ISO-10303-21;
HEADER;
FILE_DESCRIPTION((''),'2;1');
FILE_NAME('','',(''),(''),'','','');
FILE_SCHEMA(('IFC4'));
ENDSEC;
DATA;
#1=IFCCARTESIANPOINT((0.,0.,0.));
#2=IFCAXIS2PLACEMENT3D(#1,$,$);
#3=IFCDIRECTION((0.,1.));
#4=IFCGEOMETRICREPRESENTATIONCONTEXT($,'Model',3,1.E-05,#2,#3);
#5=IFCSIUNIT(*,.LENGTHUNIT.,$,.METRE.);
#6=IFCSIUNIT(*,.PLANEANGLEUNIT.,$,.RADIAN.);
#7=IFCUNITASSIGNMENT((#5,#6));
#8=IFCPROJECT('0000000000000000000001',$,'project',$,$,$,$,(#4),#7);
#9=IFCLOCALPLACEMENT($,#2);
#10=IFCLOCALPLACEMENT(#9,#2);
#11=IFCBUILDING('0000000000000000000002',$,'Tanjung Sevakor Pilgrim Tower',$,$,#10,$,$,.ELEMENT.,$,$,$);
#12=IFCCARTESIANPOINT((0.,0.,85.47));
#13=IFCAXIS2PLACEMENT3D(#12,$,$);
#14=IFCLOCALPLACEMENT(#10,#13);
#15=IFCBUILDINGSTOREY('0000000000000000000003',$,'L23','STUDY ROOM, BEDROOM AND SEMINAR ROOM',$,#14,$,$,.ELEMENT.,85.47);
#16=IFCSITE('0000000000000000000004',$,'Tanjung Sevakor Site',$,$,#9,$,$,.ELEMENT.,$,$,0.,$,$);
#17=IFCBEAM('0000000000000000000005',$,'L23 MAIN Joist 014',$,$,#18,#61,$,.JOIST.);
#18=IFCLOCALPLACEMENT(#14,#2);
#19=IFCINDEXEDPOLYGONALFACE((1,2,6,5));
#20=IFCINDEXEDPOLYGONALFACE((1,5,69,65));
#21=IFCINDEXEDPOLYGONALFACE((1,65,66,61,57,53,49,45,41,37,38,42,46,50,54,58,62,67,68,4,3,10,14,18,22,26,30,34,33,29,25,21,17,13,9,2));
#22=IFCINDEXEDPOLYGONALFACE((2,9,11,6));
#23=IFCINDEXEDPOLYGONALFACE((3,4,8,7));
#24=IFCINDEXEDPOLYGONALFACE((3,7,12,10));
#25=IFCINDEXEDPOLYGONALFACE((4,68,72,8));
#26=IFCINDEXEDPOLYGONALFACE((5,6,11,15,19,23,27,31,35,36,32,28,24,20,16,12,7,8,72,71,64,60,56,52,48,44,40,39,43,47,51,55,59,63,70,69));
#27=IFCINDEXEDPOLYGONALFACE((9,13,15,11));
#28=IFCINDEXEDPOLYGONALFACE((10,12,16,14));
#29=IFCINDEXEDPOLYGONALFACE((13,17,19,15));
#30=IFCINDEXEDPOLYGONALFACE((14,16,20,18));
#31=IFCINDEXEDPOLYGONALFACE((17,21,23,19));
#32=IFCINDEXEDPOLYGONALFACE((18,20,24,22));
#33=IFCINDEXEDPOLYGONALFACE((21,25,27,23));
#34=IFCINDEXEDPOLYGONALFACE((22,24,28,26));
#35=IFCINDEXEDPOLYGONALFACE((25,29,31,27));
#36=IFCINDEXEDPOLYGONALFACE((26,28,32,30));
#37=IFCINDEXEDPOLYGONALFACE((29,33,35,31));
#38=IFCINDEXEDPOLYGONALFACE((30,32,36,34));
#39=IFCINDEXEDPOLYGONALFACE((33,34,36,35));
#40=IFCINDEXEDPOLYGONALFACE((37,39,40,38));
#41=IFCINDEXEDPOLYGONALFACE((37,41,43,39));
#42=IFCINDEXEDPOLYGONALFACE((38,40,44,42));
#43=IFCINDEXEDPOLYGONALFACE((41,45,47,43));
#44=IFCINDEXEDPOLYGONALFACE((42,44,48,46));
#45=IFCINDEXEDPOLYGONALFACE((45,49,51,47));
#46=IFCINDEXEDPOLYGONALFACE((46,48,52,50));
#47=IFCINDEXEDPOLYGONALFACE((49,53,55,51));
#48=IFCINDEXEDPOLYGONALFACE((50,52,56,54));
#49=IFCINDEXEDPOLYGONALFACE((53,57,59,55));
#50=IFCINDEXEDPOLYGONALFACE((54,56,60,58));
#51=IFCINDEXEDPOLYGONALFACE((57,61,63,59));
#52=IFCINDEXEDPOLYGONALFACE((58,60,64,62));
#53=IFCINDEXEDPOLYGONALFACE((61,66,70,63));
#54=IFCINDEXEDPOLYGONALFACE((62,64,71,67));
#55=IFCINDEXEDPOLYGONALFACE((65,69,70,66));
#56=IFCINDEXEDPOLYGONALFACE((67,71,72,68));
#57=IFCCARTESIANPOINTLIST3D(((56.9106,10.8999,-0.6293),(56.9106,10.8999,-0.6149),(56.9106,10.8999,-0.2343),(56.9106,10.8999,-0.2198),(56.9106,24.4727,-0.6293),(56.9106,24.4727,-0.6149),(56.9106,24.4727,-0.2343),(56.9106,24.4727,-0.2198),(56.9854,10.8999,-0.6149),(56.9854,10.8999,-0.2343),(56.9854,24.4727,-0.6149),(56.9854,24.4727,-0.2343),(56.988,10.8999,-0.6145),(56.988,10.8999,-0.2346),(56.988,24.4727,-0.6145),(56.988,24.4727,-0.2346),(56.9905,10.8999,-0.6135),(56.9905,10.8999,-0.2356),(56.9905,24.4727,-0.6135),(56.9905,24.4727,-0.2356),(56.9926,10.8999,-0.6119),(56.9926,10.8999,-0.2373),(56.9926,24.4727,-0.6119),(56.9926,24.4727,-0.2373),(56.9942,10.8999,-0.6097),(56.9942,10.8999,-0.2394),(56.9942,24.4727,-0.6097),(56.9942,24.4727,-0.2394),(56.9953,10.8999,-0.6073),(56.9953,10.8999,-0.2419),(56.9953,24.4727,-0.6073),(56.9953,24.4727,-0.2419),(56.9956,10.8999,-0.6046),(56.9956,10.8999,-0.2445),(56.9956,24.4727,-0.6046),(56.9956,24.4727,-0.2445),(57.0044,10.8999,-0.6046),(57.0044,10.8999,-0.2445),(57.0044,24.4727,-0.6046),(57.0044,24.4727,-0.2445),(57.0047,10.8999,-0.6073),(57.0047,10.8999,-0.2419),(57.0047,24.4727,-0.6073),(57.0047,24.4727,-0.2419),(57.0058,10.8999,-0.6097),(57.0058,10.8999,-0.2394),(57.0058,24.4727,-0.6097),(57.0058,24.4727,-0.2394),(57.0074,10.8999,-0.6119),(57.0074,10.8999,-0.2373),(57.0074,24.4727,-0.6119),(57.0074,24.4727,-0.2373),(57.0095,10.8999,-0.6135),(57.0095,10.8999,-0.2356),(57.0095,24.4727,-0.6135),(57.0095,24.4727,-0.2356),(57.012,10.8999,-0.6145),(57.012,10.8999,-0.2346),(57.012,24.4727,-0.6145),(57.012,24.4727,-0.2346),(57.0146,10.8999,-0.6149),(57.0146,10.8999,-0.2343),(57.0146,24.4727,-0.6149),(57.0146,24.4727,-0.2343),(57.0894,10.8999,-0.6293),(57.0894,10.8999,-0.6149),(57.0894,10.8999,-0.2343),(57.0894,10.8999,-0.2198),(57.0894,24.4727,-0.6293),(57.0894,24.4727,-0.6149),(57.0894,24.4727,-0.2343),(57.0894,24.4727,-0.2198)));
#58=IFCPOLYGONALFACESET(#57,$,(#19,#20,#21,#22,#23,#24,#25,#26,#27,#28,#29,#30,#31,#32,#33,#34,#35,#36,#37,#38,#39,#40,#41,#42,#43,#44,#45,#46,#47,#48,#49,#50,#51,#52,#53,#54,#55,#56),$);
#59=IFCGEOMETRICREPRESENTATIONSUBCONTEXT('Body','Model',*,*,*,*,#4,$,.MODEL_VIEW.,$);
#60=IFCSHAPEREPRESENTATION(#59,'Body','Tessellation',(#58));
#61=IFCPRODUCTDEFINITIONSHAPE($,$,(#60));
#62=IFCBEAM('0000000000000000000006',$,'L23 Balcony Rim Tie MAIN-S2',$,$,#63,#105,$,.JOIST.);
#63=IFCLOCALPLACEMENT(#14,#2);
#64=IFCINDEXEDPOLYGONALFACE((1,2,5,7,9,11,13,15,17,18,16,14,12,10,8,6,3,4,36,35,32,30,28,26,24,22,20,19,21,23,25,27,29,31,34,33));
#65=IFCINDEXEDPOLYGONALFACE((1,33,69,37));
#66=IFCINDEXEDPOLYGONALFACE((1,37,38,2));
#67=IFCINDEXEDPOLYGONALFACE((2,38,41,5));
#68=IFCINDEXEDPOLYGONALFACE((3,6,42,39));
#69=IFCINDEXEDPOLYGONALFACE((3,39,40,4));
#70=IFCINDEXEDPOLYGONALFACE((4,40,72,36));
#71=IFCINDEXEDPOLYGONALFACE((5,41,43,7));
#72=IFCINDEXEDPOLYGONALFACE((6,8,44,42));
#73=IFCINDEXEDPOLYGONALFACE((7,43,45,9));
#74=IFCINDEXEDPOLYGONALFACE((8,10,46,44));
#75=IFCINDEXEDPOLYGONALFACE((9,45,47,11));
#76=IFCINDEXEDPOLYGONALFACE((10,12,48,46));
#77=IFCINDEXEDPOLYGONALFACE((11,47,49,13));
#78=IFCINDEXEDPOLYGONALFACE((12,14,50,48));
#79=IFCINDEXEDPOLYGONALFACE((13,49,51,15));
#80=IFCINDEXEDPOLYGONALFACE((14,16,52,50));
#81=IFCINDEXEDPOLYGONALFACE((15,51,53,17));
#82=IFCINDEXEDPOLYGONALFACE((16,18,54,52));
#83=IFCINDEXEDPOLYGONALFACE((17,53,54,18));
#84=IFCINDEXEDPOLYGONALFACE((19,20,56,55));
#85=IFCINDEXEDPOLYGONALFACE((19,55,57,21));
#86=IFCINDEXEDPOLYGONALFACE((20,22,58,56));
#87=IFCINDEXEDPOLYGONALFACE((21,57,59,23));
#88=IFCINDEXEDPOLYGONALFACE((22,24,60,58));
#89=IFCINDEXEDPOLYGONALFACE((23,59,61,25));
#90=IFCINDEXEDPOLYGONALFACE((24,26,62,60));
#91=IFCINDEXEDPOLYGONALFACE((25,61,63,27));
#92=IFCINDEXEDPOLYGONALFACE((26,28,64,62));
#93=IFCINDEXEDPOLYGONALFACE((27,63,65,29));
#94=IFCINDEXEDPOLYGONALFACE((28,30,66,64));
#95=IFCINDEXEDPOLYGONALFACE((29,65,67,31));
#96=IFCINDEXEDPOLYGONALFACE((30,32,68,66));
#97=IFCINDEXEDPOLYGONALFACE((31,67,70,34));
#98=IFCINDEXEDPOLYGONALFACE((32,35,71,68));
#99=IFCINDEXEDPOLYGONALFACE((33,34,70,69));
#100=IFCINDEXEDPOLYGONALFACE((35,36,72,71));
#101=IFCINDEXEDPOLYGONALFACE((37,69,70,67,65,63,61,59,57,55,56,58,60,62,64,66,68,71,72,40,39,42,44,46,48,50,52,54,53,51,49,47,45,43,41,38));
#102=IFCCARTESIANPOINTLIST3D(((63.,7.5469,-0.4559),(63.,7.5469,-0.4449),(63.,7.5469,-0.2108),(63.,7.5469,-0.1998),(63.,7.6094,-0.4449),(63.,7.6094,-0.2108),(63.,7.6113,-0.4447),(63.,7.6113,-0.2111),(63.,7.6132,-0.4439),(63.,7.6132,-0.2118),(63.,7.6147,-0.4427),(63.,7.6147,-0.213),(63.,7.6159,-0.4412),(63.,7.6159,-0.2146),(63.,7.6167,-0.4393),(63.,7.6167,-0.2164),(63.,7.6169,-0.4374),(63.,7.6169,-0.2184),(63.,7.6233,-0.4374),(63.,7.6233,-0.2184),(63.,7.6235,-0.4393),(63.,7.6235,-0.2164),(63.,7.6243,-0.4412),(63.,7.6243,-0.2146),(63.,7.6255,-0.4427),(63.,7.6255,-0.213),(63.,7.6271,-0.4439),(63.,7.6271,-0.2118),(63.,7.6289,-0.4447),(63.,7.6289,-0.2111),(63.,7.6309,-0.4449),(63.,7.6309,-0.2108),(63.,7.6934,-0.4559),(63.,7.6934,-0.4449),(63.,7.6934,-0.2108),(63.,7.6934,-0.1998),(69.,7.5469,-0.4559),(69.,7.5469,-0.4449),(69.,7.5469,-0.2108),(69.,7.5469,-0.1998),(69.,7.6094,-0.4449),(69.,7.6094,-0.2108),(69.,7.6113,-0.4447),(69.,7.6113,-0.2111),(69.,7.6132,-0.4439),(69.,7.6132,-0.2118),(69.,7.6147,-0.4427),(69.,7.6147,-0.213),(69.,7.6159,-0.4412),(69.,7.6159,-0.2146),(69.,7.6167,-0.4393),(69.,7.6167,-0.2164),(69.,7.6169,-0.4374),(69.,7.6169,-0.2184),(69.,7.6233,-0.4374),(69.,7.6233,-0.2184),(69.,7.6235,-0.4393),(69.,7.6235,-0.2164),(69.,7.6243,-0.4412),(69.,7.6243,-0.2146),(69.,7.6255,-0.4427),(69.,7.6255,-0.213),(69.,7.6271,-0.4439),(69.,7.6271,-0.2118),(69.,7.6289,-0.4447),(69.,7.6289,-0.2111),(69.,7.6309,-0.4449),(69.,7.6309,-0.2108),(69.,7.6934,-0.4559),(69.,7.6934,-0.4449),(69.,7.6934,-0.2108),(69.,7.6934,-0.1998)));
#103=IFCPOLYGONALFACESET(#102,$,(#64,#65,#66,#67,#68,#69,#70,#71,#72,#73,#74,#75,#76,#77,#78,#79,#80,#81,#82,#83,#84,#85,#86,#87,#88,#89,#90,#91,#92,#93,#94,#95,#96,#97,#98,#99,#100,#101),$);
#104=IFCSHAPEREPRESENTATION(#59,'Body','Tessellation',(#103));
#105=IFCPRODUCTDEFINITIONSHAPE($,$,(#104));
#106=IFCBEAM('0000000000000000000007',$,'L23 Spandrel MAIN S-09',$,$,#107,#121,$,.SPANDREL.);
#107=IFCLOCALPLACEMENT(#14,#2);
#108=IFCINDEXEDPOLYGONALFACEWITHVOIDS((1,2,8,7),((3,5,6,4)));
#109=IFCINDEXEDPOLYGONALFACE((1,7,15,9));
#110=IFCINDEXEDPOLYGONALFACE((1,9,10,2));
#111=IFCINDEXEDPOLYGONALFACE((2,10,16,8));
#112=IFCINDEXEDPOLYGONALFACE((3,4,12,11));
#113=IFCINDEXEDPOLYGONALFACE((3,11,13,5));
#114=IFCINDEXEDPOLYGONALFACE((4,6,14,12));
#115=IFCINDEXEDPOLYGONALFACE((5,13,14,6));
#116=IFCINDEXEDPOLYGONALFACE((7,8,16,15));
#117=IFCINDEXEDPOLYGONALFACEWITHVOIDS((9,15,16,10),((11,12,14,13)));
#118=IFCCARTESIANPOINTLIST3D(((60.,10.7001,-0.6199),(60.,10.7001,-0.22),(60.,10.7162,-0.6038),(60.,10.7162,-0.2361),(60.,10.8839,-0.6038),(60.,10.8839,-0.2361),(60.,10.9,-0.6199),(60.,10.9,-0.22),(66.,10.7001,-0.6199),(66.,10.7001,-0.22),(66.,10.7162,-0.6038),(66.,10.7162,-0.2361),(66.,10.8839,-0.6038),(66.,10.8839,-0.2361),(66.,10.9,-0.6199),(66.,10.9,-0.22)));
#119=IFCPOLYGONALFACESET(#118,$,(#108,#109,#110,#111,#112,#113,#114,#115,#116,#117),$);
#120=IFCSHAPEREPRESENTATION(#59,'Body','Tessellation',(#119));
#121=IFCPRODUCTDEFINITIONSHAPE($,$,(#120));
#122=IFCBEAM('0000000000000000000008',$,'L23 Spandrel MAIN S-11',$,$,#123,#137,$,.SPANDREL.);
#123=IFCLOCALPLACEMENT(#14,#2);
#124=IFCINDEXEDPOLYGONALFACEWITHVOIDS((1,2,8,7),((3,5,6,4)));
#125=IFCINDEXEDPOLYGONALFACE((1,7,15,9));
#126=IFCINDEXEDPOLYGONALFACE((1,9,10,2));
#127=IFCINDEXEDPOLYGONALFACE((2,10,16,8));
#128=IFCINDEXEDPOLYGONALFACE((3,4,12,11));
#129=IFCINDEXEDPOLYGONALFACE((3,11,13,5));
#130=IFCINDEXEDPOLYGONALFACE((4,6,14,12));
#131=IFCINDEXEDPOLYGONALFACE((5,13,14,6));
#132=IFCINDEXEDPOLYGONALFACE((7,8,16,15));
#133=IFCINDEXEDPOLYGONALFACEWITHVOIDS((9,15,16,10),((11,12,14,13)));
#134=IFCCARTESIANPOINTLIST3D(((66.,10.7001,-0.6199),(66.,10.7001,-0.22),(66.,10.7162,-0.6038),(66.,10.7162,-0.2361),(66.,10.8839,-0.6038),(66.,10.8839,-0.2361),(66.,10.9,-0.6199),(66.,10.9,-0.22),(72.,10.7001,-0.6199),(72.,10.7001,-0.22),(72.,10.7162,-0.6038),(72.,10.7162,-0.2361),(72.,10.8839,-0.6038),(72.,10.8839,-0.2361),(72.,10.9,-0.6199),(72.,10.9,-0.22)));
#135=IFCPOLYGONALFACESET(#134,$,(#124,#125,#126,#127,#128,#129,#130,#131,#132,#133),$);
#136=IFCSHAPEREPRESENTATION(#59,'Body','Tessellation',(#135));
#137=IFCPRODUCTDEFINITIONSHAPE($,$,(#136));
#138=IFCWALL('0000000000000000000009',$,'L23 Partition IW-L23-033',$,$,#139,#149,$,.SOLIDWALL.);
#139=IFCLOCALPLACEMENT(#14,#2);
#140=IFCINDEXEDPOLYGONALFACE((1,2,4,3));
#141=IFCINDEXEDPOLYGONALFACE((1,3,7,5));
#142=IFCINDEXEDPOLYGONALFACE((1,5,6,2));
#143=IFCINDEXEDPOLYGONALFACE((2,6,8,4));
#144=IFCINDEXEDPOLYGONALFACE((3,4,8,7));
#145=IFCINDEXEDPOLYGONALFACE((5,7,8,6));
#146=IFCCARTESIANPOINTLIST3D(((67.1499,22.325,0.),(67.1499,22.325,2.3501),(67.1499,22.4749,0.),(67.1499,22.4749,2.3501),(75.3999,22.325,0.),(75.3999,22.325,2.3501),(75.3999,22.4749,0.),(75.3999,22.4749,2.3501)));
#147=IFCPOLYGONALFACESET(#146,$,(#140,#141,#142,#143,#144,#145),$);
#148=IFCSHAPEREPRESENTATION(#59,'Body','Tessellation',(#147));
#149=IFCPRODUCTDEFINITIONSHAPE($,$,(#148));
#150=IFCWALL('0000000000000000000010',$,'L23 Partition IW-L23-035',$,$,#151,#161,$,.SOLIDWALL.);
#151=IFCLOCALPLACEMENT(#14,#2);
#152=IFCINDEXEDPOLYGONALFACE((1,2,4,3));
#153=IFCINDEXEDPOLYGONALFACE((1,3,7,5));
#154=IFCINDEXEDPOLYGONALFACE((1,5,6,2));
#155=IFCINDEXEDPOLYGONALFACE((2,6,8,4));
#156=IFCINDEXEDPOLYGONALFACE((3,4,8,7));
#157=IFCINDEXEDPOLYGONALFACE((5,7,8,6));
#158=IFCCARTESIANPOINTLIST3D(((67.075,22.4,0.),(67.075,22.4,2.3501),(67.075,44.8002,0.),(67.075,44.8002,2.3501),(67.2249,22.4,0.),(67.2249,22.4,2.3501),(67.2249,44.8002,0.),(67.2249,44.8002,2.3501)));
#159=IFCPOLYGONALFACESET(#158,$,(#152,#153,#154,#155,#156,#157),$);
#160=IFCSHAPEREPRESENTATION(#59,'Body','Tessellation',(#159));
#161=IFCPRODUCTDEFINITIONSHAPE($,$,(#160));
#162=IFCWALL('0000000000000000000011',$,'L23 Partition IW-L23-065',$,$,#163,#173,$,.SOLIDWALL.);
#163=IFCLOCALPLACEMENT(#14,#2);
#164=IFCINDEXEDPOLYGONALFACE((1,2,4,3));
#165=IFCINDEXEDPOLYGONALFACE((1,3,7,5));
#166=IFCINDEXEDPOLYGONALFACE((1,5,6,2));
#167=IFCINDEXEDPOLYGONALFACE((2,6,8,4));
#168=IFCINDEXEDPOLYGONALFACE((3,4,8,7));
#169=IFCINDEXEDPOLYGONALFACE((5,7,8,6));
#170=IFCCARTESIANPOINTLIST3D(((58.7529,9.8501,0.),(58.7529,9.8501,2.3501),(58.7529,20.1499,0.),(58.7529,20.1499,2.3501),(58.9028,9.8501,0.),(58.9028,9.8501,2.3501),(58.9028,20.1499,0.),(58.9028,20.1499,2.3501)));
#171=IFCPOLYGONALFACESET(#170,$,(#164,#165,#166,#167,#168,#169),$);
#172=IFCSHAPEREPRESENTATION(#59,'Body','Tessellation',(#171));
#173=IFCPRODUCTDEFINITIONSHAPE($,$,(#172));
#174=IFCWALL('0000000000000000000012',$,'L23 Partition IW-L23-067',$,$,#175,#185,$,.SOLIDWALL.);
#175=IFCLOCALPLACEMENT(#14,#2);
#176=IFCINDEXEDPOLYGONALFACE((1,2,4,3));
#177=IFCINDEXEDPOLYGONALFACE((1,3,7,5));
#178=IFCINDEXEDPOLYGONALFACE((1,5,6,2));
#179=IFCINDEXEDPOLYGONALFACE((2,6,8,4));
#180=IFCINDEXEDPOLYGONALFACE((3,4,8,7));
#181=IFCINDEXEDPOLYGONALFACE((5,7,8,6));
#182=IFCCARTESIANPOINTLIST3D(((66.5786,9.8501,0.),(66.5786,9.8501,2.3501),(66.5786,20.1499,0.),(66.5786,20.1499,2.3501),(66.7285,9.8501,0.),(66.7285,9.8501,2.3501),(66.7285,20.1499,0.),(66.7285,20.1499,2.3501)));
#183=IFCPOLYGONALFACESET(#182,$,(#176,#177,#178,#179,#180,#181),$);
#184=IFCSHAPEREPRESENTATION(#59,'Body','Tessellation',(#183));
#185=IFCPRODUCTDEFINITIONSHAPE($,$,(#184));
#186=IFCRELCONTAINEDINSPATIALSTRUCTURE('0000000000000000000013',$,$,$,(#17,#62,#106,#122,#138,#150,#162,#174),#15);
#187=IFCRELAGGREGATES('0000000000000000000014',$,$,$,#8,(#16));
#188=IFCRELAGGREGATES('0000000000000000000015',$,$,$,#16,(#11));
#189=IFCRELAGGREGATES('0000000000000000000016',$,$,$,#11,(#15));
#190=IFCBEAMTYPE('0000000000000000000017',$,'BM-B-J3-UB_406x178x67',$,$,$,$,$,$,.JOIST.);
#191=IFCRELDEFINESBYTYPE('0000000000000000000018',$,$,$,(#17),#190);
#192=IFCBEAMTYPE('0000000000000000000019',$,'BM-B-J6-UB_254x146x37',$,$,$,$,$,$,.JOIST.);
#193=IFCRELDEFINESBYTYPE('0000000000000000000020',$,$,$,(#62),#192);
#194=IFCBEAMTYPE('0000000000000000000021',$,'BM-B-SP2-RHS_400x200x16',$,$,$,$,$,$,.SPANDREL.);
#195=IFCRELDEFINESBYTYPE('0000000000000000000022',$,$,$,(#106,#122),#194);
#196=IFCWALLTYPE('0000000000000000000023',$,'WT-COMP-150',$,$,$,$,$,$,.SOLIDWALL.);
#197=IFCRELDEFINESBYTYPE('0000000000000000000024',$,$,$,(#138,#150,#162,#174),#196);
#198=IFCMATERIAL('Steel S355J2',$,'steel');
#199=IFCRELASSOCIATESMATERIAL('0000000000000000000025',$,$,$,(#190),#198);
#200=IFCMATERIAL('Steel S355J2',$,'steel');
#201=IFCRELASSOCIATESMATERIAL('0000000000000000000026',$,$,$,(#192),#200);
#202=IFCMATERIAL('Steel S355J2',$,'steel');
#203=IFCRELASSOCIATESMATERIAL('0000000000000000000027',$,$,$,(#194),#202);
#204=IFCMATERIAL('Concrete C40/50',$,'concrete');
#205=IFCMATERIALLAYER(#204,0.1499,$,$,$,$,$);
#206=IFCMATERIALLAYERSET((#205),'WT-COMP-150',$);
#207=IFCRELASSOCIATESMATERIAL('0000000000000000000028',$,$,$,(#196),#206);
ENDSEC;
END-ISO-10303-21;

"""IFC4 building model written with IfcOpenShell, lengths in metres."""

from ifc_helpers import new_model, si_unit, direction, frame, frame_2d, origin, origin_2d, place, context, subcontext, project, spatial, rectangle, hollow_rectangle, i_section, extrude, material, layer, layer_set, material_profile, profile_set, type_object, element, save


model = new_model("IFC4")

# Units and contexts
model_context = context("Model", 3, precision=1e-05, world=origin(), true_north=direction((0.0, 1.0)))
body_context = subcontext(model_context, "Body", "Model", "MODEL_VIEW")
ifc_project = project(units=[si_unit("LENGTHUNIT", "METRE"), si_unit("PLANEANGLEUNIT", "RADIAN")], contexts=[model_context])

# Site, building, storey
site_placement = place(None, origin())
site = spatial("IfcSite", under=ifc_project, at=site_placement, Name="Tanjung Sevakor Site", CompositionType="ELEMENT", RefElevation=0.0)
building_placement = place(site_placement, origin())
building = spatial("IfcBuilding", under=site, at=building_placement, Name="Tanjung Sevakor Pilgrim Tower", CompositionType="ELEMENT")
storey_placement = place(building_placement, frame((0.0, 0.0, 85.47)))
storey = spatial("IfcBuildingStorey", under=building, at=storey_placement, Name="L23", Description="STUDY ROOM, BEDROOM AND SEMINAR ROOM", CompositionType="ELEMENT", Elevation=85.47)

# Beams
ifc_material_1 = material(Name="Steel S355J2", Category="steel")
ifc_material_profile_1 = material_profile(ifc_material_1, i_section(OverallWidth=0.1787, OverallDepth=0.4094, WebThickness=0.0088, FlangeThickness=0.0144, FilletRadius=0.0103, at=origin_2d()))
ifc_profile_set_1 = profile_set([ifc_material_profile_1], Name="Steel S355J2")
beam_type_1 = type_object("IfcBeamType", Name="BM-B-J3-UB_406x178x67", PredefinedType="JOIST", material=ifc_profile_set_1)
beam_1_placement = place(storey_placement, frame((57.0, 10.8999, -0.4246), z_axis=(0.0, 1.0, 0.0), x_axis=(-1.0, 0.0, 0.0)))
element("IfcBeam", 1, at=beam_1_placement, inside=storey, type_object=beam_type_1, Name="L23 MAIN Joist 014", PredefinedType="JOIST", context=body_context, shape_type="SweptSolid", body=[
    extrude(i_section(OverallWidth=0.1787, OverallDepth=0.4094, WebThickness=0.0088, FlangeThickness=0.0144, FilletRadius=0.0103, at=origin_2d()), origin(), (0.0, 0.0, 1.0), 13.5728),
])
ifc_material_2 = material(Name="Steel S355J2", Category="steel")
ifc_material_profile_2 = material_profile(ifc_material_2, i_section(OverallWidth=0.1465, OverallDepth=0.2561, WebThickness=0.0063, FlangeThickness=0.011, FilletRadius=0.0076, at=origin_2d()))
ifc_profile_set_2 = profile_set([ifc_material_profile_2], Name="Steel S355J2")
beam_type_2 = type_object("IfcBeamType", Name="BM-B-J6-UB_254x146x37", PredefinedType="JOIST", material=ifc_profile_set_2)
beam_2_placement = place(storey_placement, frame((63.0, 7.6201, -0.3279), z_axis=(1.0, 0.0, 0.0), x_axis=(0.0, 1.0, 0.0)))
element("IfcBeam", 2, at=beam_2_placement, inside=storey, type_object=beam_type_2, Name="L23 Balcony Rim Tie MAIN-S2", PredefinedType="JOIST", context=body_context, shape_type="SweptSolid", body=[
    extrude(i_section(OverallWidth=0.1465, OverallDepth=0.2561, WebThickness=0.0063, FlangeThickness=0.011, FilletRadius=0.0076, at=origin_2d()), origin(), (0.0, 0.0, 1.0), 6.0),
])
ifc_material_3 = material(Name="Steel S355J2", Category="steel")
ifc_material_profile_3 = material_profile(ifc_material_3, hollow_rectangle(XDim=0.2, YDim=0.3999, WallThickness=0.0161, at=origin_2d()))
ifc_profile_set_3 = profile_set([ifc_material_profile_3], Name="Steel S355J2")
beam_type_3 = type_object("IfcBeamType", Name="BM-B-SP2-RHS_400x200x16", PredefinedType="SPANDREL", material=ifc_profile_set_3)
for number, where, z_axis, x_axis, name in (
    (3, (60.0, 10.8, -0.4199), (1.0, 0.0, 0.0), (0.0, 1.0, 0.0), "L23 Spandrel MAIN S-09"),
    (4, (66.0, 10.8, -0.4199), (1.0, 0.0, 0.0), (0.0, 1.0, 0.0), "L23 Spandrel MAIN S-11"),
):
    element("IfcBeam", number, at=place(storey_placement, frame(where, z_axis=z_axis, x_axis=x_axis)), inside=storey, type_object=beam_type_3, Name=name, PredefinedType="SPANDREL", context=body_context, shape_type="SweptSolid", body=[
        extrude(hollow_rectangle(XDim=0.2, YDim=0.3999, WallThickness=0.0161, at=origin_2d()), origin(), (0.0, 0.0, 1.0), 6.0),
    ])

# Walls
ifc_material_4 = material(Name="Concrete C40/50", Category="concrete")
ifc_layer_1 = layer(ifc_material_4, 0.1499)
ifc_layer_set_1 = layer_set([ifc_layer_1], Name="WT-COMP-150")
wall_type_1 = type_object("IfcWallType", Name="WT-COMP-150", PredefinedType="SOLIDWALL", material=ifc_layer_set_1)
wall_1_placement = place(storey_placement, frame((67.1499, 22.3999, 0.0), z_axis=(0.0, 0.0, 1.0), x_axis=(1.0, 0.0, 0.0)))
element("IfcWall", 5, at=wall_1_placement, inside=storey, type_object=wall_type_1, Name="L23 Partition IW-L23-033", PredefinedType="SOLIDWALL", context=body_context, shape_type="SweptSolid", body=[
    extrude(rectangle(XDim=8.25, YDim=0.1499, at=frame_2d((4.125, 0.0))), origin(), (0.0, 0.0, 1.0), 2.3501),
])
wall_2_placement = place(storey_placement, frame((67.1499, 22.3999, 0.0), z_axis=(0.0, 0.0, 1.0), x_axis=(0.0, 1.0, 0.0)))
element("IfcWall", 6, at=wall_2_placement, inside=storey, type_object=wall_type_1, Name="L23 Partition IW-L23-035", PredefinedType="SOLIDWALL", context=body_context, shape_type="SweptSolid", body=[
    extrude(rectangle(XDim=22.4001, YDim=0.1499, at=frame_2d((11.2002, 0.0))), origin(), (0.0, 0.0, 1.0), 2.3501),
])
for number, where, z_axis, x_axis, name in (
    (7, (58.8279, 9.8501, 0.0), (0.0, 0.0, 1.0), (0.0, 1.0, 0.0), "L23 Partition IW-L23-065"),
    (8, (66.6536, 9.8501, 0.0), (0.0, 0.0, 1.0), (0.0, 1.0, 0.0), "L23 Partition IW-L23-067"),
):
    element("IfcWall", number, at=place(storey_placement, frame(where, z_axis=z_axis, x_axis=x_axis)), inside=storey, type_object=wall_type_1, Name=name, PredefinedType="SOLIDWALL", context=body_context, shape_type="SweptSolid", body=[
        extrude(rectangle(XDim=10.2998, YDim=0.1499, at=frame_2d((5.1499, 0.0))), origin(), (0.0, 0.0, 1.0), 2.3501),
    ])

save(model, "model.ifc")
